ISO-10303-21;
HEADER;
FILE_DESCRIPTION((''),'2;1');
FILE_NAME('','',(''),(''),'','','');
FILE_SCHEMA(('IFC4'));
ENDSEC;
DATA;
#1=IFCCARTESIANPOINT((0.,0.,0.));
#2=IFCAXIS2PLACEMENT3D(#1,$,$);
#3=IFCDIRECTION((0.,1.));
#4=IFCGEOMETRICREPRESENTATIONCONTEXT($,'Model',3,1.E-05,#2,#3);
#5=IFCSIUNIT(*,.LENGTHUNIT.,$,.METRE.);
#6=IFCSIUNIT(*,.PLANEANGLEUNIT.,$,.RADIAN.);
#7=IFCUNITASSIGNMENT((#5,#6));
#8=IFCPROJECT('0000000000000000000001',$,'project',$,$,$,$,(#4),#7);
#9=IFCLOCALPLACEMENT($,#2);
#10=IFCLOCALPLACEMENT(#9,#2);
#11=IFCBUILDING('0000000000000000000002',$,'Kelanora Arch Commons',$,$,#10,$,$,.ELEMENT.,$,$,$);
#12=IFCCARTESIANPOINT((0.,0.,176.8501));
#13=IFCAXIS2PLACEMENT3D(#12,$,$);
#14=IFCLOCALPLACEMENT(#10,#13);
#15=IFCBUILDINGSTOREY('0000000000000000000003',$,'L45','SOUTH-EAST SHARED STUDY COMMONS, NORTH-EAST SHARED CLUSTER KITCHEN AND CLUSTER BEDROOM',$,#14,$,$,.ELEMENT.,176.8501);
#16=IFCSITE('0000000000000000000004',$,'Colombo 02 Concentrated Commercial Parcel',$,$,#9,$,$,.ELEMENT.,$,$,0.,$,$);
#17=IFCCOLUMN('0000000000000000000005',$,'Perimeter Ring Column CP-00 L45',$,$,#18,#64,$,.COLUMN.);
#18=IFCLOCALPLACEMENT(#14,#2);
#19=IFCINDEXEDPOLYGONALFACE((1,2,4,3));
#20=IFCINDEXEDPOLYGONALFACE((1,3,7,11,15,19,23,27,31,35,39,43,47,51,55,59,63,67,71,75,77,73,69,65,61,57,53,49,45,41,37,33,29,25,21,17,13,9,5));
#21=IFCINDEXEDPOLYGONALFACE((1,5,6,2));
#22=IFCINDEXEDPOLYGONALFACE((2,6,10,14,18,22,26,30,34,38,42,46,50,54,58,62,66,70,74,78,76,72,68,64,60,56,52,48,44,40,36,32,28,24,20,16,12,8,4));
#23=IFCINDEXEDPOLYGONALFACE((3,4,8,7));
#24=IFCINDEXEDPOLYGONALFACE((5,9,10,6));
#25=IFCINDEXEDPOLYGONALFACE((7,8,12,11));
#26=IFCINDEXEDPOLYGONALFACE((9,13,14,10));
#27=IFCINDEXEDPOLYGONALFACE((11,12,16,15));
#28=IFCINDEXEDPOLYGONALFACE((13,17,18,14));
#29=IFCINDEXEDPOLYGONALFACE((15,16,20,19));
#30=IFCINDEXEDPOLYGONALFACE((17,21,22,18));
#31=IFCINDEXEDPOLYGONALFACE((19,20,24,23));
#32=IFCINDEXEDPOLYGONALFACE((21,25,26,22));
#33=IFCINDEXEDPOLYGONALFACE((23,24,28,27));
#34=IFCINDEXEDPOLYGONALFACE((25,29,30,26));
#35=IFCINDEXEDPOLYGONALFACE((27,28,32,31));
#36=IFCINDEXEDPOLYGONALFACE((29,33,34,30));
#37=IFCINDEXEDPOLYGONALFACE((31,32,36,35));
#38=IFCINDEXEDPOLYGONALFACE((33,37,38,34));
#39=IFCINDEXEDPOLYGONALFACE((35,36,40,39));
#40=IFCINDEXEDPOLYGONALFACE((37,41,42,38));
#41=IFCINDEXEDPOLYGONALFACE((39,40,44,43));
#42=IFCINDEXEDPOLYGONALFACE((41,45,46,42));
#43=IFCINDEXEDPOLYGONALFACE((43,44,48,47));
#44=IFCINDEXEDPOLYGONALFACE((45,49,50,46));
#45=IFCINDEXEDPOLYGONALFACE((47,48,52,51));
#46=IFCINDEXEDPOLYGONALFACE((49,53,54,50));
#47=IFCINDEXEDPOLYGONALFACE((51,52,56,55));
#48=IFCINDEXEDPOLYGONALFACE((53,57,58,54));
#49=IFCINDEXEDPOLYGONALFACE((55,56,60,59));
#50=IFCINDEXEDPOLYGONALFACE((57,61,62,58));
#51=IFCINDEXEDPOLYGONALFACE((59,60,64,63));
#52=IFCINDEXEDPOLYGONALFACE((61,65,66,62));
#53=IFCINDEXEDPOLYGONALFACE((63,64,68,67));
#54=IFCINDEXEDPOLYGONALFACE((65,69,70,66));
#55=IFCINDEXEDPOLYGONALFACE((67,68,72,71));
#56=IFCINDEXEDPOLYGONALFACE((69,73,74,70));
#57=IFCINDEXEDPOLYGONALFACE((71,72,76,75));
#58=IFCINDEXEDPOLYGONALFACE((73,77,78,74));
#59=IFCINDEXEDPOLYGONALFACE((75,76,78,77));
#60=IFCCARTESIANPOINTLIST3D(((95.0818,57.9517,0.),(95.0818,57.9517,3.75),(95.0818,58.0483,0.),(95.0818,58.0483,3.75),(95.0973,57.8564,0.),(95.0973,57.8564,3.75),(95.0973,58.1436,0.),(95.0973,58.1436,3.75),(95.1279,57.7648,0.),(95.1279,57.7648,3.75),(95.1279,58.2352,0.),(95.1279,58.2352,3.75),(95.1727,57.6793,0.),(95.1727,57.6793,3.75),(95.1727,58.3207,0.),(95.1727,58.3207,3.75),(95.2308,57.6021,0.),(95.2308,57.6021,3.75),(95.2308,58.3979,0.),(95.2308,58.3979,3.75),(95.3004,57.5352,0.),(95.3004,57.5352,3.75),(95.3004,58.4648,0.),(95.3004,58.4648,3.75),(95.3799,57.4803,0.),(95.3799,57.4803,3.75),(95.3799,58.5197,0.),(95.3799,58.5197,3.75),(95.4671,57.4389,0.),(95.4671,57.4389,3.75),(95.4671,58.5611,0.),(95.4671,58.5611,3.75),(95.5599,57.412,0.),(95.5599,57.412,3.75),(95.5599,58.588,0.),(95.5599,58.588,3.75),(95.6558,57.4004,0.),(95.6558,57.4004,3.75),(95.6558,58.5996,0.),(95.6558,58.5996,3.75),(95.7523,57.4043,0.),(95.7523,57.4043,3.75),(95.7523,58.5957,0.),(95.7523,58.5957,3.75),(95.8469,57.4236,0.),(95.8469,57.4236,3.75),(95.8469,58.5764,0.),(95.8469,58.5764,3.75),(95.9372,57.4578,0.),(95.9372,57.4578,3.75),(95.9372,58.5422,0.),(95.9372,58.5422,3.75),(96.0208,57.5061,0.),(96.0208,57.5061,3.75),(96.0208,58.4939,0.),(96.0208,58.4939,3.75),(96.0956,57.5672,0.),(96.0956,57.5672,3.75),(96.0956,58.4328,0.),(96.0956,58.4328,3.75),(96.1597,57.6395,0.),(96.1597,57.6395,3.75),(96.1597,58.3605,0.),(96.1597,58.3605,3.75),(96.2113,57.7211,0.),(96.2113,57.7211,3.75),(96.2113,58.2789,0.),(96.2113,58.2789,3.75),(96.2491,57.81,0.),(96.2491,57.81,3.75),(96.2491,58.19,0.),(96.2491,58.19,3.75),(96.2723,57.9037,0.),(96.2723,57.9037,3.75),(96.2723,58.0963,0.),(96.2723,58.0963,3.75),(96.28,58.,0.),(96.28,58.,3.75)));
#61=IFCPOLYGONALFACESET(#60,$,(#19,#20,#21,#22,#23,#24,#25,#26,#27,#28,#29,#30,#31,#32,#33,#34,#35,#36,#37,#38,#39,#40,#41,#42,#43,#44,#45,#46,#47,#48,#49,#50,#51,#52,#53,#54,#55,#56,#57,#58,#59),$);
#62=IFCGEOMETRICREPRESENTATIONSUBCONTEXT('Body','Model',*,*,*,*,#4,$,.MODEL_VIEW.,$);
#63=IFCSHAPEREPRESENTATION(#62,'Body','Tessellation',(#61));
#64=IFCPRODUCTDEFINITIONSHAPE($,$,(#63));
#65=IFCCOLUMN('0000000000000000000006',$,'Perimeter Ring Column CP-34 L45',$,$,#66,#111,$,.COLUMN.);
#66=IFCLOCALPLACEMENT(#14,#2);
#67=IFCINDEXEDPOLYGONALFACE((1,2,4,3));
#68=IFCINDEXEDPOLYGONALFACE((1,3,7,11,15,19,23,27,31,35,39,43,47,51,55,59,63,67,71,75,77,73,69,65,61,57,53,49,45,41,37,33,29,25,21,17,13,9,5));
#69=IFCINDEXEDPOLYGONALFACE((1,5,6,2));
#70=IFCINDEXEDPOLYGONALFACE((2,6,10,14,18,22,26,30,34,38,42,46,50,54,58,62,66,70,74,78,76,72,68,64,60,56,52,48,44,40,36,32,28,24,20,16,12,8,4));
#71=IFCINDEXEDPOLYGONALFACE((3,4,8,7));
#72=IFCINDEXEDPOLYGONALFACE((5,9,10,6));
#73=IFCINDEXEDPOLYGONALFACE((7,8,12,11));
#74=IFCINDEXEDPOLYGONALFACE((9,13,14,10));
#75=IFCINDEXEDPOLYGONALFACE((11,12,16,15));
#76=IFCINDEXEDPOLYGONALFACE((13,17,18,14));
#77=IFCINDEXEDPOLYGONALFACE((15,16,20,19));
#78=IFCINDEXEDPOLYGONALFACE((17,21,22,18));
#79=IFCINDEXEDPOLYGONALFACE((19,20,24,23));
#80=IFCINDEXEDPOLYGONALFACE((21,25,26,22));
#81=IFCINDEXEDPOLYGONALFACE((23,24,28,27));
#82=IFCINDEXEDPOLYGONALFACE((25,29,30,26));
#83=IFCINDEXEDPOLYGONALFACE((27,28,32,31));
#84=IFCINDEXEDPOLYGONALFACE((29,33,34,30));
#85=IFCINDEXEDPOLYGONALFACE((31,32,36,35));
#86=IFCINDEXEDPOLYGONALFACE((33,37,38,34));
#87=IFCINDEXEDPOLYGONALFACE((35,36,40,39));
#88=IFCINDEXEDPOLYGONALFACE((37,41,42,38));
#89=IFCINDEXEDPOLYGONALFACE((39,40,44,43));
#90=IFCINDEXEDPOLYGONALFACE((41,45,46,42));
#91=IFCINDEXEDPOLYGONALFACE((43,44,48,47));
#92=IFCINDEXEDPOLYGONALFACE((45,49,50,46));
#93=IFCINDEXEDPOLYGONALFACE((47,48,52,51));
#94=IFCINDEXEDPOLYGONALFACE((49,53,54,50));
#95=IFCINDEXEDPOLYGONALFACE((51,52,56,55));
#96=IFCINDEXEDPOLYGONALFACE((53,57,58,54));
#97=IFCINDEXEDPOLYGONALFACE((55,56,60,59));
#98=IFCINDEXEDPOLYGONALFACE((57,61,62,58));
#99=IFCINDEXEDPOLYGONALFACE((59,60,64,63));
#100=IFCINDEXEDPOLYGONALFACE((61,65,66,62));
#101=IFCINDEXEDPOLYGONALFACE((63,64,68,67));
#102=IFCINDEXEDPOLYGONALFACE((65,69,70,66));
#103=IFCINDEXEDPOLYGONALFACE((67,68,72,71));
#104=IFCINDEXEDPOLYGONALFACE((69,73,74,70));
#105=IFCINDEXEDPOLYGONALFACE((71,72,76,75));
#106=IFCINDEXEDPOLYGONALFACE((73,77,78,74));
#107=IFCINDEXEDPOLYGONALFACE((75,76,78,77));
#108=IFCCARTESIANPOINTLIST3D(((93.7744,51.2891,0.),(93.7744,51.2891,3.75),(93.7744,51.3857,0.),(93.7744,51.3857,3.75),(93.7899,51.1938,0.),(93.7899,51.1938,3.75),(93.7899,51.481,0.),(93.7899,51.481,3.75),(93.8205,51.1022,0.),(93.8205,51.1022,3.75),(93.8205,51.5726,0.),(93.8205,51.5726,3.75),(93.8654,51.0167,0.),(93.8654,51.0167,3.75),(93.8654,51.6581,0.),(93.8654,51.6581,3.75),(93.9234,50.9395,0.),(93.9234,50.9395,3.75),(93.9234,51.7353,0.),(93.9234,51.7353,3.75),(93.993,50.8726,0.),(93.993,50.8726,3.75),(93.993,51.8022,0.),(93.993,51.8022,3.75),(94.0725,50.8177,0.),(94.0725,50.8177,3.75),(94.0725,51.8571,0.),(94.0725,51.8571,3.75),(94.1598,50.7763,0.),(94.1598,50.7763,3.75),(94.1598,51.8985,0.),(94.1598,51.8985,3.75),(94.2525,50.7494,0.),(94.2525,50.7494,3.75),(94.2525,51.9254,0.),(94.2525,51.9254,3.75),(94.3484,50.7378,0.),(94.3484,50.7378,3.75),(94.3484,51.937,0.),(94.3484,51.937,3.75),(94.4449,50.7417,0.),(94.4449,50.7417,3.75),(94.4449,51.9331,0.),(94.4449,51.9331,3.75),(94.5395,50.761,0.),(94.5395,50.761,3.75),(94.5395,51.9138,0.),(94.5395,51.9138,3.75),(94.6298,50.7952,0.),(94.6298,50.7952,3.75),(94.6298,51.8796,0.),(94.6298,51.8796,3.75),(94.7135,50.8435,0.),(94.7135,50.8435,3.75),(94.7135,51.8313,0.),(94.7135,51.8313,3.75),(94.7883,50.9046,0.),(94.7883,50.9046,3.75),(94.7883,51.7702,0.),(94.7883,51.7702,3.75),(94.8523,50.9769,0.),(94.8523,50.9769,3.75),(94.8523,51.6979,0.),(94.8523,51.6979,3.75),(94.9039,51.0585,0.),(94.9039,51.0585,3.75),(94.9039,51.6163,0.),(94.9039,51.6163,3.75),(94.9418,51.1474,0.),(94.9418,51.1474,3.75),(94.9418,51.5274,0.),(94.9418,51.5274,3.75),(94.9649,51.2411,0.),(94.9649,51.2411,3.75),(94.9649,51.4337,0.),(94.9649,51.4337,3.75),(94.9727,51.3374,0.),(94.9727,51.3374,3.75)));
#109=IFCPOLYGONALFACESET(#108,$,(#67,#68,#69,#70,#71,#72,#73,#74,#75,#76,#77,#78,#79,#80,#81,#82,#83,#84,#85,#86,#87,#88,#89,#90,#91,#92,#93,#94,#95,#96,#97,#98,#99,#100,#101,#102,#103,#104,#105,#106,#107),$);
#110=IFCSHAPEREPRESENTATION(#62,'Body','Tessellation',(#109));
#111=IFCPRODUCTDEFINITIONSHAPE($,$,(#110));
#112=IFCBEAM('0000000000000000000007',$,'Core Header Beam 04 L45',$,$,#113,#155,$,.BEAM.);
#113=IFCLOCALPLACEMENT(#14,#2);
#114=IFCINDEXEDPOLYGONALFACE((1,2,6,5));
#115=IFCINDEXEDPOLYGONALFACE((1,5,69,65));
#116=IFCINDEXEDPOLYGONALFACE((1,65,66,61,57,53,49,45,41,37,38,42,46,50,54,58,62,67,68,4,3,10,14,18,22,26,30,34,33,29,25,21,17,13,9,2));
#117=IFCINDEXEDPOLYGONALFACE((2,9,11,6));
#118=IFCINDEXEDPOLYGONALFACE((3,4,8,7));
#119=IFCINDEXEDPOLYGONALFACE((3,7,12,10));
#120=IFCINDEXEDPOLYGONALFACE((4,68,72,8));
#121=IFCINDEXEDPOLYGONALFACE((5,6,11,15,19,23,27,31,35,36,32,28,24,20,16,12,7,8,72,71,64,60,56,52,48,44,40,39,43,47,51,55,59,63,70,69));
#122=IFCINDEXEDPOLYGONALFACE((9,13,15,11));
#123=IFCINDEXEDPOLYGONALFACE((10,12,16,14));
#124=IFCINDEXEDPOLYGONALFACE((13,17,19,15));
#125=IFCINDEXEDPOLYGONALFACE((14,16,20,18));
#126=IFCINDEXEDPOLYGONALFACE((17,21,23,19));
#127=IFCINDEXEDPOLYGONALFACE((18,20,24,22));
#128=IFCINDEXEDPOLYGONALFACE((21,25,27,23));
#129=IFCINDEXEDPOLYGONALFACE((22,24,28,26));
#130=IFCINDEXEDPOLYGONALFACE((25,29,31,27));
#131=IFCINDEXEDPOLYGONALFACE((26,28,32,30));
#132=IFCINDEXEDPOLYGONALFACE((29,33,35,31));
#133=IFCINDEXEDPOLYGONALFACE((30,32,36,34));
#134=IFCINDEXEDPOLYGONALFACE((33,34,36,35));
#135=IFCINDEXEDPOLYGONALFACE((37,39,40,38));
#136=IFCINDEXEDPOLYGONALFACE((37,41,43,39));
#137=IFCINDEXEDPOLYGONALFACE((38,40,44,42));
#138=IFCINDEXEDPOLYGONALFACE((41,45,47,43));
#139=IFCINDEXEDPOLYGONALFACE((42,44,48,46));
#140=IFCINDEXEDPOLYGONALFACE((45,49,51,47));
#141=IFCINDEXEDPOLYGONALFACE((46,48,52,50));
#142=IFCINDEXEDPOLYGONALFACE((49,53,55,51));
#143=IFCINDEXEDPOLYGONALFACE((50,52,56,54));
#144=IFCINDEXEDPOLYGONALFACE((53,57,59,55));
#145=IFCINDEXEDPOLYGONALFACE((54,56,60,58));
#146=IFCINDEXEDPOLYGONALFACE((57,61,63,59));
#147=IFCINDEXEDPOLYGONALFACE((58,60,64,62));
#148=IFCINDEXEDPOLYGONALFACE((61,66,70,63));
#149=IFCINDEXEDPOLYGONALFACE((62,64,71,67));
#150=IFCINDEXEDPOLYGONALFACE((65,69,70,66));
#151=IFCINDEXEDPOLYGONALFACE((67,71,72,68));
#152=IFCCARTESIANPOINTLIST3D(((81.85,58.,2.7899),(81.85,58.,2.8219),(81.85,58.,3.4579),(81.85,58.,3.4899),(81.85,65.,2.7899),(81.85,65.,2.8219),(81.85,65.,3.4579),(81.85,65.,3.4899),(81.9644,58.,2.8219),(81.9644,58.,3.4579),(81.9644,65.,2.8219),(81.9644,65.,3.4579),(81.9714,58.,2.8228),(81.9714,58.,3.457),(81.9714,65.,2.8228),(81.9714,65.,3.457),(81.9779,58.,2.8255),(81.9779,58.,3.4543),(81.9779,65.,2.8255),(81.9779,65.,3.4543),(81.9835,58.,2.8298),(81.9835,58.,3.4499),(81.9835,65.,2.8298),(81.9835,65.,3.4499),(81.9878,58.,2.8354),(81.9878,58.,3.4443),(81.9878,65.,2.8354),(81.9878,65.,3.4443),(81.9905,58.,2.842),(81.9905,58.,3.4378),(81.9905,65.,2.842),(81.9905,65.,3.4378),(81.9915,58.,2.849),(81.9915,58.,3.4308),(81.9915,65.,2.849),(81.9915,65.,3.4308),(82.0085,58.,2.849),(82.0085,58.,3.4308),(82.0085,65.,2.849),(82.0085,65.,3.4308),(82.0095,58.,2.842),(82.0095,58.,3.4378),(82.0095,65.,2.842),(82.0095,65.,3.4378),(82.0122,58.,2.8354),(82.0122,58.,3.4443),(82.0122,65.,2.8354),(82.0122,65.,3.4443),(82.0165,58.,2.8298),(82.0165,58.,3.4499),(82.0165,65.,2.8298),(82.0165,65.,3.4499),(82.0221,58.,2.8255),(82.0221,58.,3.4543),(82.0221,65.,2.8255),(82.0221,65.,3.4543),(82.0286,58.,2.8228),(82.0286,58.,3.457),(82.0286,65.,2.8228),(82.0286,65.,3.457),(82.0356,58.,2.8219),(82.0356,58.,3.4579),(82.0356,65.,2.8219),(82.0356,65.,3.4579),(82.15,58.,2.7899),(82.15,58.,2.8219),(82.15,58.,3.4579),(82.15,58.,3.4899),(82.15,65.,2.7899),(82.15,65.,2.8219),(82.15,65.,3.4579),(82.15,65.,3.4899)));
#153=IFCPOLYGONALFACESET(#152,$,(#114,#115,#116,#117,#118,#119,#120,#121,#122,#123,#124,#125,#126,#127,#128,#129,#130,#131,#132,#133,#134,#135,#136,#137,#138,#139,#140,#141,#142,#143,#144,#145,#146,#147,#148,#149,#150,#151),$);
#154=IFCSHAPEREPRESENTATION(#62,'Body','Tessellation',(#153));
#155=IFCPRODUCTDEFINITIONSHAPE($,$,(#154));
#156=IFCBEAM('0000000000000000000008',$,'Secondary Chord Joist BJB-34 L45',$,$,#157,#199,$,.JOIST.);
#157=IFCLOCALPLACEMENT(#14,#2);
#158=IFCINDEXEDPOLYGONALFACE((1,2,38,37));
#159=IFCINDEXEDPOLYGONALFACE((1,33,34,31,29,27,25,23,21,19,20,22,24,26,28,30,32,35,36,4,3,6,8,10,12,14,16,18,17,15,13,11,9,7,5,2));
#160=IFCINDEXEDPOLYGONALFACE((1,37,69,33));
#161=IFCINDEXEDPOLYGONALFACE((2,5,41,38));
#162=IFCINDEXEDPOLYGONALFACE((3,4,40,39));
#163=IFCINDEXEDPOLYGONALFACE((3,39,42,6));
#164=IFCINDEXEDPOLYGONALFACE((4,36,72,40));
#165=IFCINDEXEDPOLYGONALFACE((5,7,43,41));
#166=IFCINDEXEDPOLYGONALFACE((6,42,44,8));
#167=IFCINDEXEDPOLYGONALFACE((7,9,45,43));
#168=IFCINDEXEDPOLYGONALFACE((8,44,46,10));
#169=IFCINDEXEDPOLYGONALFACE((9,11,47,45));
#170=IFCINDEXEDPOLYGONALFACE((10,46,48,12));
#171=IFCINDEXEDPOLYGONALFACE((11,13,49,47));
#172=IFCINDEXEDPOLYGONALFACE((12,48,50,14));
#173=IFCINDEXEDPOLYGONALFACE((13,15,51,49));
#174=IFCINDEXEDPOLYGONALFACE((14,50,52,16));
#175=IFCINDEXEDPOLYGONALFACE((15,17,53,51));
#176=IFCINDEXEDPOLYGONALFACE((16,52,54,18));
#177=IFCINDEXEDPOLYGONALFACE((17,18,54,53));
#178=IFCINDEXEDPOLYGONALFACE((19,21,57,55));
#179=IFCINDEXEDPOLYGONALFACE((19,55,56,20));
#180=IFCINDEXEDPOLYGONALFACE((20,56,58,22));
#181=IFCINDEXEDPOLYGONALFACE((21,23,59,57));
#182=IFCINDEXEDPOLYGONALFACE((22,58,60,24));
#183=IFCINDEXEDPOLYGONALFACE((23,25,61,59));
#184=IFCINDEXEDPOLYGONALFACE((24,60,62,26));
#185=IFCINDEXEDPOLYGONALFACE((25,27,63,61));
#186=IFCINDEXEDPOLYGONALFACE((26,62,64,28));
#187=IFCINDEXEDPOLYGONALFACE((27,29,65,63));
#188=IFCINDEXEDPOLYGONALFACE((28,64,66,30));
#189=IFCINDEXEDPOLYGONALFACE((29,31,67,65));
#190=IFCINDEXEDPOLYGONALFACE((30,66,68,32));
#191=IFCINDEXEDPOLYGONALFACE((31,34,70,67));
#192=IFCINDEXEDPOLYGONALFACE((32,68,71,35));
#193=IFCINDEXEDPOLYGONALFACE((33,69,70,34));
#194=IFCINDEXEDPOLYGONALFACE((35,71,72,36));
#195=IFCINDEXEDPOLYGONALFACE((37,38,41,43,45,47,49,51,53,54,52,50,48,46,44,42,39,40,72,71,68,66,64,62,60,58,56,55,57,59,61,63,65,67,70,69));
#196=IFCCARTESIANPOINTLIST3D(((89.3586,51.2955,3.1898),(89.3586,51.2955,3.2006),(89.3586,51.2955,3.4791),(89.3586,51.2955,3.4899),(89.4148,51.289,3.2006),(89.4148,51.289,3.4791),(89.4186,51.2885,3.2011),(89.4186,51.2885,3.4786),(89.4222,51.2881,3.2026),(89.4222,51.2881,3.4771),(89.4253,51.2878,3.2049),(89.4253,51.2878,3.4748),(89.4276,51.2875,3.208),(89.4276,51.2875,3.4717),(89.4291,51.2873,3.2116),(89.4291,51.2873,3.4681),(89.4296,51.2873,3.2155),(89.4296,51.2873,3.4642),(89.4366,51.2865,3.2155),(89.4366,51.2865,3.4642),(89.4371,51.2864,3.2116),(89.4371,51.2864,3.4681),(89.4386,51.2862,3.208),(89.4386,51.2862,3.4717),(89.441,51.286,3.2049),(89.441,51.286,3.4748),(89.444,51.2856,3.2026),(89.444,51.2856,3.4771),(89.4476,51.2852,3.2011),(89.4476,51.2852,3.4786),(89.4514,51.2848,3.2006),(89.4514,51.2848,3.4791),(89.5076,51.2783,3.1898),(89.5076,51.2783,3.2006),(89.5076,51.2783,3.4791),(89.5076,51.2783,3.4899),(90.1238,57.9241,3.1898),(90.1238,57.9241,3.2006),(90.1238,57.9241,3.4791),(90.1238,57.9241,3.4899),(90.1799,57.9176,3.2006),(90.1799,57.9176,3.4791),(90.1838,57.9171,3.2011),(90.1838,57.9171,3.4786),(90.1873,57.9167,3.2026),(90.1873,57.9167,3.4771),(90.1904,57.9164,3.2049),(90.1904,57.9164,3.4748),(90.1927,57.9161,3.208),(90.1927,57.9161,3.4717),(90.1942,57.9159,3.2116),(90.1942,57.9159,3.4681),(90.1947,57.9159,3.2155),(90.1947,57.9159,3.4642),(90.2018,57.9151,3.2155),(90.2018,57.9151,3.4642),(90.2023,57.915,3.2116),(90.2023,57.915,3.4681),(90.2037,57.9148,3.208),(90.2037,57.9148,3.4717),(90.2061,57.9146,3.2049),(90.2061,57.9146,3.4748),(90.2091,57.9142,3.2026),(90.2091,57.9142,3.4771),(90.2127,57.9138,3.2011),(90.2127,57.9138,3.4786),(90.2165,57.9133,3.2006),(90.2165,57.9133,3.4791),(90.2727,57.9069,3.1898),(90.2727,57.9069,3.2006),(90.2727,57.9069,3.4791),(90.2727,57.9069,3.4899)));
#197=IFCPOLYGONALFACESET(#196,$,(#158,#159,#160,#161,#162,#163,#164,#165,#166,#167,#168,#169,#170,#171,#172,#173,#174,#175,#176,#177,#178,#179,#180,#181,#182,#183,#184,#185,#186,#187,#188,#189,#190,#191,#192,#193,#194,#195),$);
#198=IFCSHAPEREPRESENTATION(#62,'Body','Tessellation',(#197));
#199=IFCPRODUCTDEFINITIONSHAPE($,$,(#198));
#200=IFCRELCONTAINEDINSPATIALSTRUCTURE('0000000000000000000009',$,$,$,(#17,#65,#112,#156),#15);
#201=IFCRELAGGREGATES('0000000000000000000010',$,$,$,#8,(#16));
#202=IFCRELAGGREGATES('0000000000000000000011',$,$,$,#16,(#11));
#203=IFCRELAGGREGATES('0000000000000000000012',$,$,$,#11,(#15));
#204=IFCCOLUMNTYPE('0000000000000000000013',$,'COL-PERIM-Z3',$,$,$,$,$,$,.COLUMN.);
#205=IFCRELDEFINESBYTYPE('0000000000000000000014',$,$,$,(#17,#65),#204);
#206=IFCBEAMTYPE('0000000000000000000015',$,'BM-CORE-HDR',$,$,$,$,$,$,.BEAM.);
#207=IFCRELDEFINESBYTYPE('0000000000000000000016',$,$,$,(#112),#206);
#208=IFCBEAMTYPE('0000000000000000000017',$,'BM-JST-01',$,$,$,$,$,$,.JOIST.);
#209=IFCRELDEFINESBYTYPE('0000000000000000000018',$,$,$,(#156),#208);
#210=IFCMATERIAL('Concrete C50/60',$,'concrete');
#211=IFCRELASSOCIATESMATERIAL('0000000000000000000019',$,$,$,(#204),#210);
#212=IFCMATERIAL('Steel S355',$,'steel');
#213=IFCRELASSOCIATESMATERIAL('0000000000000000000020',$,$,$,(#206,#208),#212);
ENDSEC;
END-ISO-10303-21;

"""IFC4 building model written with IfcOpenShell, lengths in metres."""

from ifc_helpers import new_model, si_unit, direction, frame, origin, origin_2d, place, context, subcontext, project, spatial, circle, i_section, extrude, material, material_profile, profile_set, type_object, element, save


model = new_model("IFC4")

# Units and contexts
model_context = context("Model", 3, precision=1e-05, world=origin(), true_north=direction((0.0, 1.0)))
body_context = subcontext(model_context, "Body", "Model", "MODEL_VIEW")
ifc_project = project(units=[si_unit("LENGTHUNIT", "METRE"), si_unit("PLANEANGLEUNIT", "RADIAN")], contexts=[model_context])

# Site, building, storey
site_placement = place(None, origin())
site = spatial("IfcSite", under=ifc_project, at=site_placement, Name="Colombo 02 Concentrated Commercial Parcel", CompositionType="ELEMENT", RefElevation=0.0)
building_placement = place(site_placement, origin())
building = spatial("IfcBuilding", under=site, at=building_placement, Name="Kelanora Arch Commons", CompositionType="ELEMENT")
storey_placement = place(building_placement, frame((0.0, 0.0, 176.8501)))
storey = spatial("IfcBuildingStorey", under=building, at=storey_placement, Name="L45", Description="SOUTH-EAST SHARED STUDY COMMONS, NORTH-EAST SHARED CLUSTER KITCHEN AND CLUSTER BEDROOM", CompositionType="ELEMENT", Elevation=176.8501)

# Columns
ifc_material_1 = material(Name="Concrete C50/60", Category="concrete")
ifc_material_profile_1 = material_profile(ifc_material_1, circle(Radius=0.6001, at=origin_2d()), Name="RCC1200")
ifc_profile_set_1 = profile_set([ifc_material_profile_1], Name="Concrete C50/60")
column_type = type_object("IfcColumnType", Name="COL-PERIM-Z3", PredefinedType="COLUMN", material=ifc_profile_set_1)
for number, where, z_axis, x_axis, name in (
    (1, (95.6799, 58.0, 0.0), (0.0, 0.0, 1.0), (1.0, 0.0, 0.0), "Perimeter Ring Column CP-00 L45"),
    (2, (94.3726, 51.3374, 0.0), (0.0, 0.0, 1.0), (1.0, 0.0, 0.0), "Perimeter Ring Column CP-34 L45"),
):
    element("IfcColumn", number, at=place(storey_placement, frame(where, z_axis=z_axis, x_axis=x_axis)), inside=storey, type_object=column_type, Name=name, PredefinedType="COLUMN", context=body_context, shape_type="SweptSolid", body=[
        extrude(circle(Radius=0.6001, at=origin_2d()), origin(), (0.0, 0.0, 1.0), 3.75),
    ])

# Beams
ifc_material_2 = material(Name="Steel S355", Category="steel")
ifc_material_profile_2 = material_profile(ifc_material_2, i_section(OverallWidth=0.3, OverallDepth=0.7, WebThickness=0.0171, FlangeThickness=0.032, FilletRadius=0.0271, at=origin_2d()), Name="HEB700")
ifc_profile_set_2 = profile_set([ifc_material_profile_2], Name="Steel S355")
beam_type_1 = type_object("IfcBeamType", Name="BM-CORE-HDR", PredefinedType="BEAM", material=ifc_profile_set_2)
beam_1_placement = place(storey_placement, frame((82.0, 58.0, 3.1399), z_axis=(0.0, 1.0, 0.0), x_axis=(-1.0, 0.0, 0.0)))
element("IfcBeam", 3, at=beam_1_placement, inside=storey, type_object=beam_type_1, Name="Core Header Beam 04 L45", PredefinedType="BEAM", context=body_context, shape_type="SweptSolid", body=[
    extrude(i_section(OverallWidth=0.3, OverallDepth=0.7, WebThickness=0.0171, FlangeThickness=0.032, FilletRadius=0.0271, at=origin_2d()), origin(), (0.0, 0.0, 1.0), 7.0),
])
ifc_material_profile_3 = material_profile(ifc_material_2, i_section(OverallWidth=0.1499, OverallDepth=0.3, WebThickness=0.0071, FlangeThickness=0.0107, FilletRadius=0.0149, at=origin_2d()), Name="IPE300")
ifc_profile_set_3 = profile_set([ifc_material_profile_3], Name="Steel S355")
beam_type_2 = type_object("IfcBeamType", Name="BM-JST-01", PredefinedType="JOIST", material=ifc_profile_set_3)
beam_2_placement = place(storey_placement, frame((89.4331, 51.2869, 3.3398), z_axis=(0.114667, 0.993404, 0.0), x_axis=(-0.993404, 0.114667, 0.0)))
element("IfcBeam", 4, at=beam_2_placement, inside=storey, type_object=beam_type_2, Name="Secondary Chord Joist BJB-34 L45", PredefinedType="JOIST", context=body_context, shape_type="SweptSolid", body=[
    extrude(i_section(OverallWidth=0.1499, OverallDepth=0.3, WebThickness=0.0071, FlangeThickness=0.0107, FilletRadius=0.0149, at=origin_2d()), origin(), (0.0, 0.0, 1.0), 6.6726),
])

save(model, "model.ifc")
